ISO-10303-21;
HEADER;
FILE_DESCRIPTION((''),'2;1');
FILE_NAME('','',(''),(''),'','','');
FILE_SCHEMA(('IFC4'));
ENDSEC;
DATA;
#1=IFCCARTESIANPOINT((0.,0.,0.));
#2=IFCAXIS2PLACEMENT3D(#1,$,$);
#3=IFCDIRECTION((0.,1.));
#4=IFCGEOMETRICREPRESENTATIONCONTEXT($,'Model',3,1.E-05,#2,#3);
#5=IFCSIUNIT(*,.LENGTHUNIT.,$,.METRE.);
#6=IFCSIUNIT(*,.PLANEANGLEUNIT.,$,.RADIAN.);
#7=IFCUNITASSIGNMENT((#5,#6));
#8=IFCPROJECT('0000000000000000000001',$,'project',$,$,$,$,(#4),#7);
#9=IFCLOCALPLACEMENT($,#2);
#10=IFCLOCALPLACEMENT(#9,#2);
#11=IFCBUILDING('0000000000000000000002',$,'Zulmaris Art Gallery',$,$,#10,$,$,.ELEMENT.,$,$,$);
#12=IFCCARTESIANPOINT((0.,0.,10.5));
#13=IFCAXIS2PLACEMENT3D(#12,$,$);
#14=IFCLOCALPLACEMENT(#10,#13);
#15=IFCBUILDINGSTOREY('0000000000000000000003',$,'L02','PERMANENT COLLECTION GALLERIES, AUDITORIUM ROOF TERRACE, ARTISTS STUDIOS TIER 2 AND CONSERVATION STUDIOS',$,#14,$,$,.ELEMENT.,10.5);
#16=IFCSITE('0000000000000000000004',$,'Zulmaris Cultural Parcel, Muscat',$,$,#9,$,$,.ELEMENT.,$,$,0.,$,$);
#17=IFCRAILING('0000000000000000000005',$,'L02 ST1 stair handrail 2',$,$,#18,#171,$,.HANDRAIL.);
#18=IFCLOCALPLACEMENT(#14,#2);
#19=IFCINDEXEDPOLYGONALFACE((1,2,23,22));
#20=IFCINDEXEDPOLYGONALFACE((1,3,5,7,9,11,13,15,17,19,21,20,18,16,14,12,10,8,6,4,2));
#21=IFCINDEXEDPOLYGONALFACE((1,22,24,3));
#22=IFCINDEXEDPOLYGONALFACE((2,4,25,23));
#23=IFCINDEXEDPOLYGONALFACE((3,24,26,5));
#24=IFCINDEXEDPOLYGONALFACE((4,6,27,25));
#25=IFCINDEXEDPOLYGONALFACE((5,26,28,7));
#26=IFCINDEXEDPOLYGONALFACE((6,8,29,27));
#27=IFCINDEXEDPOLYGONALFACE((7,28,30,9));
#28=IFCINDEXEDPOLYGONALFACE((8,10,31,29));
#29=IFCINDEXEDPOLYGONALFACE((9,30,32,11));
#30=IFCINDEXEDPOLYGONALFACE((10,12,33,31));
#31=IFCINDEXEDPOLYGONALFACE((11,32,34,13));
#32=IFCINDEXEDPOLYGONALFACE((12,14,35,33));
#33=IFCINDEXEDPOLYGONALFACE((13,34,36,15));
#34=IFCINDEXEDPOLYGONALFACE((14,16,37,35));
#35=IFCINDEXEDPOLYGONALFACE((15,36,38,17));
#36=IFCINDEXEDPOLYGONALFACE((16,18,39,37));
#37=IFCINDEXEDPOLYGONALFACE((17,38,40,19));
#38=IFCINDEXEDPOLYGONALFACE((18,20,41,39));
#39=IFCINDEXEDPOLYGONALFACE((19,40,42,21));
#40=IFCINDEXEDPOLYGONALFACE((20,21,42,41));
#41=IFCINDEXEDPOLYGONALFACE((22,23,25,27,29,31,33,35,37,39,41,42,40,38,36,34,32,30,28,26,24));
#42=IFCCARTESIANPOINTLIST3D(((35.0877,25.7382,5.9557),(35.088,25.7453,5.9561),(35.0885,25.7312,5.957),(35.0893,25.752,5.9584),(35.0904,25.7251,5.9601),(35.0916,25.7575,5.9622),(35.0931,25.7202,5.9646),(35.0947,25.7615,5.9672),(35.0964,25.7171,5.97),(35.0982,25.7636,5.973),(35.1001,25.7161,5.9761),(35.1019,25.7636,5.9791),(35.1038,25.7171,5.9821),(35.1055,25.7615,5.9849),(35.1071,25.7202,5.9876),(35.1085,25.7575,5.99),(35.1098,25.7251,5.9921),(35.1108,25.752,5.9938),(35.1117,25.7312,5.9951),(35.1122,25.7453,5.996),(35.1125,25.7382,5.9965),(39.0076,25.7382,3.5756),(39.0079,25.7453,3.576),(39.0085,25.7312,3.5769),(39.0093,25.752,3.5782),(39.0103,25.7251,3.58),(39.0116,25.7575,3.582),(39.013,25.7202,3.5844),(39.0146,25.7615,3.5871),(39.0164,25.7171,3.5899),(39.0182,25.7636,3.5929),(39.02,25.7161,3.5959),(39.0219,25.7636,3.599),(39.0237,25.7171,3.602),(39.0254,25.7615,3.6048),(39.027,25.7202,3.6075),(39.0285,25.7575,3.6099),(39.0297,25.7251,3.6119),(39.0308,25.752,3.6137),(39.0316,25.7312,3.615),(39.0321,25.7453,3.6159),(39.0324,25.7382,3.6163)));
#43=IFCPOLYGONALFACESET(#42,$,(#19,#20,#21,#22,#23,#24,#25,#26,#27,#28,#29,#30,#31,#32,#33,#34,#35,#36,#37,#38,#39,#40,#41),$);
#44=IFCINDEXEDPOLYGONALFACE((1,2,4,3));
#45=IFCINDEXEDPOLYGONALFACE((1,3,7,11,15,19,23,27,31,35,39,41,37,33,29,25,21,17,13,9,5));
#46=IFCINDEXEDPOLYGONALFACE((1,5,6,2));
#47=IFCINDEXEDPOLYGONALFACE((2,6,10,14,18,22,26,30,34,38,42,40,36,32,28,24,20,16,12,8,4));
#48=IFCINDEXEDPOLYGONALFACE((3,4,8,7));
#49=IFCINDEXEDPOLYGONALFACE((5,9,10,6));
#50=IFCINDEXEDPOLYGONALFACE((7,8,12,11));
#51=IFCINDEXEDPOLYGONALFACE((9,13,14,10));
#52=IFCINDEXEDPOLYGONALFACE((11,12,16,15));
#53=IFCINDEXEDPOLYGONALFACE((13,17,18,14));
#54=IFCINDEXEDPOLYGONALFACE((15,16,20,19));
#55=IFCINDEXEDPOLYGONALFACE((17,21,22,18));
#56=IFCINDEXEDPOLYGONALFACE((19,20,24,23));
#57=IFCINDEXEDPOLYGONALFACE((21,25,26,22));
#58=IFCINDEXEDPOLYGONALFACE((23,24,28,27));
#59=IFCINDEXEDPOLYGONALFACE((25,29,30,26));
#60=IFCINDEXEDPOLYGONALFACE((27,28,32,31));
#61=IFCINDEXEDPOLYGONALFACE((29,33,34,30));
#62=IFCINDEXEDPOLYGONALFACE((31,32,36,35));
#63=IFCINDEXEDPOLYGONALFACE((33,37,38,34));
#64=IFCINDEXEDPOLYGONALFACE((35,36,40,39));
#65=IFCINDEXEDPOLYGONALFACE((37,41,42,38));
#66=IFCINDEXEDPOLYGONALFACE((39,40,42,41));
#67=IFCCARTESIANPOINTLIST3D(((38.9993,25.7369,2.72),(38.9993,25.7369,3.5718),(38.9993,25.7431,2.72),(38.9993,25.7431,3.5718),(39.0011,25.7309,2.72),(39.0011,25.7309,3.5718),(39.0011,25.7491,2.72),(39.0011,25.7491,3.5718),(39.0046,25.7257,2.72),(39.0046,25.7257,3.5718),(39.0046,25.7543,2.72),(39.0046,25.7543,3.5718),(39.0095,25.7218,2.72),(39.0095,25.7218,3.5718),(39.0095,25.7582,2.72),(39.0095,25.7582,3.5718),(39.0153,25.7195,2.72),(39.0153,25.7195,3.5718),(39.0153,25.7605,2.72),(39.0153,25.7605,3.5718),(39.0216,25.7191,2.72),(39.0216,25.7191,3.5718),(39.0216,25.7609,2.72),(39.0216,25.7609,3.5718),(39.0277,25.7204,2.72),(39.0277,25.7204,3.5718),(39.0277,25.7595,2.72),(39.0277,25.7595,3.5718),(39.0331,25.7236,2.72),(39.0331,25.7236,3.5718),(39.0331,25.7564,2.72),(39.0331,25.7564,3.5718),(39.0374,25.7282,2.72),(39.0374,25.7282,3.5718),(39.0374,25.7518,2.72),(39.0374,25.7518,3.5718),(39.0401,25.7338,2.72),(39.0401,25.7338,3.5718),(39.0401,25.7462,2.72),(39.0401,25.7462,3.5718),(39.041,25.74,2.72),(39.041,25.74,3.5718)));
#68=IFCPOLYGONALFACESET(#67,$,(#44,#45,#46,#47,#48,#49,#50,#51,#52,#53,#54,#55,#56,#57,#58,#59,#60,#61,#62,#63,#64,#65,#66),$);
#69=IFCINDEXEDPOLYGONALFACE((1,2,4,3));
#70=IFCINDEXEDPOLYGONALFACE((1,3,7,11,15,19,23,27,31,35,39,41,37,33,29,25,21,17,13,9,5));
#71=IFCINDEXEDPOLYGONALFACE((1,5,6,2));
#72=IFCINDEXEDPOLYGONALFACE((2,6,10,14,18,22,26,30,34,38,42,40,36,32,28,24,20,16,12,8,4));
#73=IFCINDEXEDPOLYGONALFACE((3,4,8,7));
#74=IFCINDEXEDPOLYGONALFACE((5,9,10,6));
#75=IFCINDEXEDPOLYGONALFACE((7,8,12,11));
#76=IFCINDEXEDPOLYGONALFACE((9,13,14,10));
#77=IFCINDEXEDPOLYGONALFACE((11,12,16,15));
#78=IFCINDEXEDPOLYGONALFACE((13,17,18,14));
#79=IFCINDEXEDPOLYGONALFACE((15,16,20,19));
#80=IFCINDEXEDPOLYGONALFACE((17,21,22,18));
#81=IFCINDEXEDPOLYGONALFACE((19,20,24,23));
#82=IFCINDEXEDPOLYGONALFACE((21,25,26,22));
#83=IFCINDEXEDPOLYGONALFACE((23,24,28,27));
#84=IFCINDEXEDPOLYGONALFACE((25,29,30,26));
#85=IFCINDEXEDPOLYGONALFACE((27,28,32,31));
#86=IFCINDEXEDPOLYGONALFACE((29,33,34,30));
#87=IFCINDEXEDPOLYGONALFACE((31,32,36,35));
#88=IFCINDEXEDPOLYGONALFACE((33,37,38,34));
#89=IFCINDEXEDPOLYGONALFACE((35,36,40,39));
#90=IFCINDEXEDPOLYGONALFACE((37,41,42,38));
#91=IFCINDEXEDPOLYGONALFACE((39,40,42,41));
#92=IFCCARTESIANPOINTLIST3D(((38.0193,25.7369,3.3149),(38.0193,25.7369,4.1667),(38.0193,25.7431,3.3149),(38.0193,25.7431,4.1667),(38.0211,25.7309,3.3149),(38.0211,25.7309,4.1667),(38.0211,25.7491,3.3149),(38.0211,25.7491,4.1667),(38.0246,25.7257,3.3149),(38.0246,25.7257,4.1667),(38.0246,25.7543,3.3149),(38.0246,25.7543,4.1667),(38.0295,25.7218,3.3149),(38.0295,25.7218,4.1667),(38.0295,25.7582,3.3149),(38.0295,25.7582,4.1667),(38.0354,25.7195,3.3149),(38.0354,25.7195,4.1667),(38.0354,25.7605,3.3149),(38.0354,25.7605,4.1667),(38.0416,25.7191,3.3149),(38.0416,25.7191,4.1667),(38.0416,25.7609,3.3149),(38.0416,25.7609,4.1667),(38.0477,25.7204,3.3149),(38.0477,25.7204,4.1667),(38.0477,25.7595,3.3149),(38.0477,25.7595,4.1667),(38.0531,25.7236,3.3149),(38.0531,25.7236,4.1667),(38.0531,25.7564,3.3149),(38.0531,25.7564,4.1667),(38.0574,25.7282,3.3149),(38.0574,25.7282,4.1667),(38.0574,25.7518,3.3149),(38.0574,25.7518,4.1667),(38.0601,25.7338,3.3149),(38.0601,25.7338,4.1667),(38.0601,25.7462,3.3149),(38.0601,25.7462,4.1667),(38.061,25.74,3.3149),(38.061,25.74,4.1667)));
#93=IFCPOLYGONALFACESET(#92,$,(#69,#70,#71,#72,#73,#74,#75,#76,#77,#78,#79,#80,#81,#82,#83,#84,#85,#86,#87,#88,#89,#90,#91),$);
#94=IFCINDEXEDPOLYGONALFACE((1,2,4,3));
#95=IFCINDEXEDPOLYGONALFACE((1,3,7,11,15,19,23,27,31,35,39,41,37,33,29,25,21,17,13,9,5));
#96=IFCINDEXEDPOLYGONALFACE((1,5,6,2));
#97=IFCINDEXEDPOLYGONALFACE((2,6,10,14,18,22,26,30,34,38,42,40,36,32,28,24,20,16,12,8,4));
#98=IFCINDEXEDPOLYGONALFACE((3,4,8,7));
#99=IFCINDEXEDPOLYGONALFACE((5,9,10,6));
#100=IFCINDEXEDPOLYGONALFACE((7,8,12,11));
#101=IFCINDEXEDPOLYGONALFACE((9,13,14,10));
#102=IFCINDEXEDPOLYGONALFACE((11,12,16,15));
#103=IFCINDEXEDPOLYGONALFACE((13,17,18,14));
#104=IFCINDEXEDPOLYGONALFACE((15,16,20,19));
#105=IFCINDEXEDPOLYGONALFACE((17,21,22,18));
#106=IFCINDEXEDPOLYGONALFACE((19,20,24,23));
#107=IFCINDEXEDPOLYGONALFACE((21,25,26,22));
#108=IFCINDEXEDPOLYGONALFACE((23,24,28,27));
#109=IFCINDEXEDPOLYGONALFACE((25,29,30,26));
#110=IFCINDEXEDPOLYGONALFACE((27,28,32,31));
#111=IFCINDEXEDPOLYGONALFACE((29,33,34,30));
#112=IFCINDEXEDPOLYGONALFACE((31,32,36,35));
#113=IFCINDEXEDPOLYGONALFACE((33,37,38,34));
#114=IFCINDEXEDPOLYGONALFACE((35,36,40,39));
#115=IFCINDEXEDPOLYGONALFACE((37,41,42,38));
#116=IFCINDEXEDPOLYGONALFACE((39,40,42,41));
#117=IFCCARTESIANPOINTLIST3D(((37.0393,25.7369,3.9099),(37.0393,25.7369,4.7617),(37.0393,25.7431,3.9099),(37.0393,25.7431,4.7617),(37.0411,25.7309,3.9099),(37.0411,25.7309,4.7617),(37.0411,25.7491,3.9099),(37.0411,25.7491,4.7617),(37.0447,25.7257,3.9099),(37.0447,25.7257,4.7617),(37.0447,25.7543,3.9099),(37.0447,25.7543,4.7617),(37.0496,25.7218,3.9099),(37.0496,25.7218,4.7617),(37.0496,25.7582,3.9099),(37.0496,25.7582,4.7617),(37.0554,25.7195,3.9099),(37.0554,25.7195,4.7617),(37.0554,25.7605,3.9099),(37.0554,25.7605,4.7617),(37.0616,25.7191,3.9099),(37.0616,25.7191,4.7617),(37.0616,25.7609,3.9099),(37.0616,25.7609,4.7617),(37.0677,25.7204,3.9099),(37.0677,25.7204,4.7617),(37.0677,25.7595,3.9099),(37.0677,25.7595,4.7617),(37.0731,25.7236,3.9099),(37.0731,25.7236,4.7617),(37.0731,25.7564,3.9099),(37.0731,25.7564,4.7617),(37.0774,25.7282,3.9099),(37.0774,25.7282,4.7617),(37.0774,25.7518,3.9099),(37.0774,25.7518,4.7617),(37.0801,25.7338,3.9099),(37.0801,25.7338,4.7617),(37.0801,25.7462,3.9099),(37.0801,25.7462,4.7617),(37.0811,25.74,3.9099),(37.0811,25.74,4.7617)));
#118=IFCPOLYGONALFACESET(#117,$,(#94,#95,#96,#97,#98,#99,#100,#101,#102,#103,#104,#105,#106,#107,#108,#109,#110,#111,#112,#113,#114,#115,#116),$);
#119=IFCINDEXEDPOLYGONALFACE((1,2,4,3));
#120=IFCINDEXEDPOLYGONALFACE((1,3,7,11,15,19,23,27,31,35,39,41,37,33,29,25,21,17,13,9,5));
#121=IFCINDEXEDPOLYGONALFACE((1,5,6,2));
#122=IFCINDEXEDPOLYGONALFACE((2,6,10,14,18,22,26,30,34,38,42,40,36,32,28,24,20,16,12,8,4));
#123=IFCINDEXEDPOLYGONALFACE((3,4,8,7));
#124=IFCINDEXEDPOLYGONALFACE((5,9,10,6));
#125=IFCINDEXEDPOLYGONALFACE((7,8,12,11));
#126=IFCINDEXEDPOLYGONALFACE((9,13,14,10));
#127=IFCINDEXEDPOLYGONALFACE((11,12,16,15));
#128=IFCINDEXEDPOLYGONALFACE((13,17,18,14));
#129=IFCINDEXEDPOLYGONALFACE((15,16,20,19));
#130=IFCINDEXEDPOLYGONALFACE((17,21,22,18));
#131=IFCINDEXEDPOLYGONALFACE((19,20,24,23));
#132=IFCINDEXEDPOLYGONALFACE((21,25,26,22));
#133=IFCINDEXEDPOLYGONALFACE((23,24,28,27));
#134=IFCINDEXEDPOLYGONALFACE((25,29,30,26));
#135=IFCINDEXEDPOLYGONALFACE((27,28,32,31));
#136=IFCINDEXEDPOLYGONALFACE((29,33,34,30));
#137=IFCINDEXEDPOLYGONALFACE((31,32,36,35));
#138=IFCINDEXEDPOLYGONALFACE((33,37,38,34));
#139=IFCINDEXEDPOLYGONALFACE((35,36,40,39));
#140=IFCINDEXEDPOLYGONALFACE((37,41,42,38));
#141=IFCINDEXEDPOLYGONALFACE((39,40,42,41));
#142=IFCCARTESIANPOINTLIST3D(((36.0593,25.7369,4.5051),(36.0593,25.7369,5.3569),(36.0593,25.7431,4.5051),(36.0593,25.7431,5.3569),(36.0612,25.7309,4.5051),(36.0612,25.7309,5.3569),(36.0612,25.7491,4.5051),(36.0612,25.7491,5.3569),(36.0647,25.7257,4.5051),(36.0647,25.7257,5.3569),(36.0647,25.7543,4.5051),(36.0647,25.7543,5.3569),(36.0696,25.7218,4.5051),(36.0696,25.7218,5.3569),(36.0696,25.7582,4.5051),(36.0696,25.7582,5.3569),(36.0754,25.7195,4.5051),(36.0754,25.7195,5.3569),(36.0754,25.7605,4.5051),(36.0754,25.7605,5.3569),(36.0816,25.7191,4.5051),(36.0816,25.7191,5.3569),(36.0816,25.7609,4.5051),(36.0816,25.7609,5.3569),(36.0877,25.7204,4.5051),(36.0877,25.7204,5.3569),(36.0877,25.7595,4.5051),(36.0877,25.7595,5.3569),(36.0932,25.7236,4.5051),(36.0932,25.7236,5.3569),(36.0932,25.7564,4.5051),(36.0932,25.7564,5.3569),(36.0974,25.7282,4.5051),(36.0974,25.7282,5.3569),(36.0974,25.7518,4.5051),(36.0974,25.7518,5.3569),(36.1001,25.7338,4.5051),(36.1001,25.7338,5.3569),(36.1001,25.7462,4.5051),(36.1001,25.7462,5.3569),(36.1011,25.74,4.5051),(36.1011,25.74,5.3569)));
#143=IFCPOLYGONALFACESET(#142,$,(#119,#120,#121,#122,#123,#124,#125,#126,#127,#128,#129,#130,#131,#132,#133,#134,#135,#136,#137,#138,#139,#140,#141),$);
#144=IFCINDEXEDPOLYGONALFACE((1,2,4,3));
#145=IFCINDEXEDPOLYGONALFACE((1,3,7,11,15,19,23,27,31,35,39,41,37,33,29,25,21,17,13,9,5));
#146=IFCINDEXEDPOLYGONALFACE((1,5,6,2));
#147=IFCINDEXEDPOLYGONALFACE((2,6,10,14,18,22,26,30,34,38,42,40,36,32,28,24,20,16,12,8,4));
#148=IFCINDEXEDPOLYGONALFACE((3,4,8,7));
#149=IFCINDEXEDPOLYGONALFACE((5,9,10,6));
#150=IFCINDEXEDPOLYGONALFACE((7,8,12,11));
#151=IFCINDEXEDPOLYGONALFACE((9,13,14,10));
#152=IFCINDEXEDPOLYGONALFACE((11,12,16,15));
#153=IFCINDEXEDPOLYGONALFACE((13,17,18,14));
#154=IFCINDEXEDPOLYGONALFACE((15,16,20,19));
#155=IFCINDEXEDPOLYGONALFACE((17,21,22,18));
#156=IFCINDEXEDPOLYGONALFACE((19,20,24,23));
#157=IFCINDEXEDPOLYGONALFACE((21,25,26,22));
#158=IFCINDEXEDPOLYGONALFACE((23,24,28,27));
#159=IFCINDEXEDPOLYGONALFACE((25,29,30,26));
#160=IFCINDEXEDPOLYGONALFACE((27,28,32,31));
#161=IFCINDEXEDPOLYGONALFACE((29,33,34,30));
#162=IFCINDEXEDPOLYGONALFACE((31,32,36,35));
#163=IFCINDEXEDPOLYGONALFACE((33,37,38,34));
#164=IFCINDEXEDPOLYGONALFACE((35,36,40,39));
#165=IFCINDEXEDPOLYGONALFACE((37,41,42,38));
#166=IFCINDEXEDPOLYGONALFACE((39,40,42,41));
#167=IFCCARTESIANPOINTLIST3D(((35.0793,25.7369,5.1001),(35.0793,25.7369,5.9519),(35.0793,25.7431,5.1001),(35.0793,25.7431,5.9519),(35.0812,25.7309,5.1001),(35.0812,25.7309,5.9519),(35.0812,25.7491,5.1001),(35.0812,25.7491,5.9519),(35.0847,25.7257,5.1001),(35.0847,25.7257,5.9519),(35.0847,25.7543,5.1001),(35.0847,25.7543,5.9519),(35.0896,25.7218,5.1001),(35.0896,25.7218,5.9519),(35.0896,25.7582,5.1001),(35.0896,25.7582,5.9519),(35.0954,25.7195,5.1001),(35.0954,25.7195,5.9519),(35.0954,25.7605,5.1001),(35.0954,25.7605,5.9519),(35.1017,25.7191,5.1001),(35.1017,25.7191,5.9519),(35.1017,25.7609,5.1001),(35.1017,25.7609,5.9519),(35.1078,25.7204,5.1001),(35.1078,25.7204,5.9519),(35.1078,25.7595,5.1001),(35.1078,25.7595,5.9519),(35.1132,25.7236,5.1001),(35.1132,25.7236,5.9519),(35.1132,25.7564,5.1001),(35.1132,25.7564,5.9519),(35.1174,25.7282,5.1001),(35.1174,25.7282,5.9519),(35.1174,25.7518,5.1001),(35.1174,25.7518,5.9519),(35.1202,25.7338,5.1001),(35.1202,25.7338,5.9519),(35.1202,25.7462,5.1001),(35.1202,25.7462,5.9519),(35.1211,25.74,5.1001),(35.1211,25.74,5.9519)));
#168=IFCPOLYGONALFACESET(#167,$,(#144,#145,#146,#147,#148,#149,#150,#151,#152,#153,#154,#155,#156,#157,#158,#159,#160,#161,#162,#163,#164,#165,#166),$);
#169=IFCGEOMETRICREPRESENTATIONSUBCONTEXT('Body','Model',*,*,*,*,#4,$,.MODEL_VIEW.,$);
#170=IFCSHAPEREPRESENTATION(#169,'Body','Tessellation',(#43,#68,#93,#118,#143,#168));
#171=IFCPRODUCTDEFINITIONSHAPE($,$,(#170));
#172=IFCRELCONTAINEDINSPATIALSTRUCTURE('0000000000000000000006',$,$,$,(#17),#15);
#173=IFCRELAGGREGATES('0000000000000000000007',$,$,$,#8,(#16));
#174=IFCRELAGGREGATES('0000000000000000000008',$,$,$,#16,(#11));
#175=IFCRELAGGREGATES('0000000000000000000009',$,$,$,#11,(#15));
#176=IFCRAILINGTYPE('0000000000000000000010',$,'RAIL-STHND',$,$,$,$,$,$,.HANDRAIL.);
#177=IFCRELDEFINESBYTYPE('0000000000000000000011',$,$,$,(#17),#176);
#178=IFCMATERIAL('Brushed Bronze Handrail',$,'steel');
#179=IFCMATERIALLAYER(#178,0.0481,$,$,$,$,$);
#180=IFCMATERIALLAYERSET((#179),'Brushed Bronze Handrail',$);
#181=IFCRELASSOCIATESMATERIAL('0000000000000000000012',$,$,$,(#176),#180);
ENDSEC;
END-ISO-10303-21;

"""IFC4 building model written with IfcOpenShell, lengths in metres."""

from ifc_helpers import new_model, si_unit, direction, frame, origin, origin_2d, place, context, subcontext, project, spatial, circle, extrude, material, layer, layer_set, type_object, element, save


model = new_model("IFC4")

# Units and contexts
model_context = context("Model", 3, precision=1e-05, world=origin(), true_north=direction((0.0, 1.0)))
body_context = subcontext(model_context, "Body", "Model", "MODEL_VIEW")
ifc_project = project(units=[si_unit("LENGTHUNIT", "METRE"), si_unit("PLANEANGLEUNIT", "RADIAN")], contexts=[model_context])

# Site, building, storey
site_placement = place(None, origin())
site = spatial("IfcSite", under=ifc_project, at=site_placement, Name="Zulmaris Cultural Parcel, Muscat", CompositionType="ELEMENT", RefElevation=0.0)
building_placement = place(site_placement, origin())
building = spatial("IfcBuilding", under=site, at=building_placement, Name="Zulmaris Art Gallery", CompositionType="ELEMENT")
storey_placement = place(building_placement, frame((0.0, 0.0, 10.5)))
storey = spatial("IfcBuildingStorey", under=building, at=storey_placement, Name="L02", Description="PERMANENT COLLECTION GALLERIES, AUDITORIUM ROOF TERRACE, ARTISTS STUDIOS TIER 2 AND CONSERVATION STUDIOS", CompositionType="ELEMENT", Elevation=10.5)

# Railing
ifc_material_1 = material(Name="Brushed Bronze Handrail", Category="steel")
ifc_layer_1 = layer(ifc_material_1, 0.0481)
ifc_layer_set_1 = layer_set([ifc_layer_1], Name="Brushed Bronze Handrail")
railing_type_1 = type_object("IfcRailingType", Name="RAIL-STHND", PredefinedType="HANDRAIL", material=ifc_layer_set_1)
railing_1_placement = place(storey_placement, frame((39.02, 25.74, 2.72)))
element("IfcRailing", 1, at=railing_1_placement, inside=storey, type_object=railing_type_1, Name="L02 ST1 stair handrail 2", PredefinedType="HANDRAIL", context=body_context, shape_type="SweptSolid", body=[
    extrude(circle(Radius=0.0239, at=origin_2d()), frame((0.0, 0.0, 0.876), z_axis=(-0.854771, 0.0, 0.519006), x_axis=(0.0, -1.0, 0.0)), (0.0, 0.0, 1.0), 4.5859),
    extrude(circle(Radius=0.021, at=origin_2d()), origin(), (0.0, 0.0, 1.0), 0.8518),
    extrude(circle(Radius=0.021, at=origin_2d()), frame((-0.98, 0.0, 0.595)), (0.0, 0.0, 1.0), 0.8518),
    extrude(circle(Radius=0.021, at=origin_2d()), frame((-1.96, 0.0, 1.1899)), (0.0, 0.0, 1.0), 0.8518),
    extrude(circle(Radius=0.021, at=origin_2d()), frame((-2.9399, 0.0, 1.7852)), (0.0, 0.0, 1.0), 0.8518),
    extrude(circle(Radius=0.021, at=origin_2d()), frame((-3.9199, 0.0, 2.3801)), (0.0, 0.0, 1.0), 0.8518),
])

save(model, "model.ifc")
